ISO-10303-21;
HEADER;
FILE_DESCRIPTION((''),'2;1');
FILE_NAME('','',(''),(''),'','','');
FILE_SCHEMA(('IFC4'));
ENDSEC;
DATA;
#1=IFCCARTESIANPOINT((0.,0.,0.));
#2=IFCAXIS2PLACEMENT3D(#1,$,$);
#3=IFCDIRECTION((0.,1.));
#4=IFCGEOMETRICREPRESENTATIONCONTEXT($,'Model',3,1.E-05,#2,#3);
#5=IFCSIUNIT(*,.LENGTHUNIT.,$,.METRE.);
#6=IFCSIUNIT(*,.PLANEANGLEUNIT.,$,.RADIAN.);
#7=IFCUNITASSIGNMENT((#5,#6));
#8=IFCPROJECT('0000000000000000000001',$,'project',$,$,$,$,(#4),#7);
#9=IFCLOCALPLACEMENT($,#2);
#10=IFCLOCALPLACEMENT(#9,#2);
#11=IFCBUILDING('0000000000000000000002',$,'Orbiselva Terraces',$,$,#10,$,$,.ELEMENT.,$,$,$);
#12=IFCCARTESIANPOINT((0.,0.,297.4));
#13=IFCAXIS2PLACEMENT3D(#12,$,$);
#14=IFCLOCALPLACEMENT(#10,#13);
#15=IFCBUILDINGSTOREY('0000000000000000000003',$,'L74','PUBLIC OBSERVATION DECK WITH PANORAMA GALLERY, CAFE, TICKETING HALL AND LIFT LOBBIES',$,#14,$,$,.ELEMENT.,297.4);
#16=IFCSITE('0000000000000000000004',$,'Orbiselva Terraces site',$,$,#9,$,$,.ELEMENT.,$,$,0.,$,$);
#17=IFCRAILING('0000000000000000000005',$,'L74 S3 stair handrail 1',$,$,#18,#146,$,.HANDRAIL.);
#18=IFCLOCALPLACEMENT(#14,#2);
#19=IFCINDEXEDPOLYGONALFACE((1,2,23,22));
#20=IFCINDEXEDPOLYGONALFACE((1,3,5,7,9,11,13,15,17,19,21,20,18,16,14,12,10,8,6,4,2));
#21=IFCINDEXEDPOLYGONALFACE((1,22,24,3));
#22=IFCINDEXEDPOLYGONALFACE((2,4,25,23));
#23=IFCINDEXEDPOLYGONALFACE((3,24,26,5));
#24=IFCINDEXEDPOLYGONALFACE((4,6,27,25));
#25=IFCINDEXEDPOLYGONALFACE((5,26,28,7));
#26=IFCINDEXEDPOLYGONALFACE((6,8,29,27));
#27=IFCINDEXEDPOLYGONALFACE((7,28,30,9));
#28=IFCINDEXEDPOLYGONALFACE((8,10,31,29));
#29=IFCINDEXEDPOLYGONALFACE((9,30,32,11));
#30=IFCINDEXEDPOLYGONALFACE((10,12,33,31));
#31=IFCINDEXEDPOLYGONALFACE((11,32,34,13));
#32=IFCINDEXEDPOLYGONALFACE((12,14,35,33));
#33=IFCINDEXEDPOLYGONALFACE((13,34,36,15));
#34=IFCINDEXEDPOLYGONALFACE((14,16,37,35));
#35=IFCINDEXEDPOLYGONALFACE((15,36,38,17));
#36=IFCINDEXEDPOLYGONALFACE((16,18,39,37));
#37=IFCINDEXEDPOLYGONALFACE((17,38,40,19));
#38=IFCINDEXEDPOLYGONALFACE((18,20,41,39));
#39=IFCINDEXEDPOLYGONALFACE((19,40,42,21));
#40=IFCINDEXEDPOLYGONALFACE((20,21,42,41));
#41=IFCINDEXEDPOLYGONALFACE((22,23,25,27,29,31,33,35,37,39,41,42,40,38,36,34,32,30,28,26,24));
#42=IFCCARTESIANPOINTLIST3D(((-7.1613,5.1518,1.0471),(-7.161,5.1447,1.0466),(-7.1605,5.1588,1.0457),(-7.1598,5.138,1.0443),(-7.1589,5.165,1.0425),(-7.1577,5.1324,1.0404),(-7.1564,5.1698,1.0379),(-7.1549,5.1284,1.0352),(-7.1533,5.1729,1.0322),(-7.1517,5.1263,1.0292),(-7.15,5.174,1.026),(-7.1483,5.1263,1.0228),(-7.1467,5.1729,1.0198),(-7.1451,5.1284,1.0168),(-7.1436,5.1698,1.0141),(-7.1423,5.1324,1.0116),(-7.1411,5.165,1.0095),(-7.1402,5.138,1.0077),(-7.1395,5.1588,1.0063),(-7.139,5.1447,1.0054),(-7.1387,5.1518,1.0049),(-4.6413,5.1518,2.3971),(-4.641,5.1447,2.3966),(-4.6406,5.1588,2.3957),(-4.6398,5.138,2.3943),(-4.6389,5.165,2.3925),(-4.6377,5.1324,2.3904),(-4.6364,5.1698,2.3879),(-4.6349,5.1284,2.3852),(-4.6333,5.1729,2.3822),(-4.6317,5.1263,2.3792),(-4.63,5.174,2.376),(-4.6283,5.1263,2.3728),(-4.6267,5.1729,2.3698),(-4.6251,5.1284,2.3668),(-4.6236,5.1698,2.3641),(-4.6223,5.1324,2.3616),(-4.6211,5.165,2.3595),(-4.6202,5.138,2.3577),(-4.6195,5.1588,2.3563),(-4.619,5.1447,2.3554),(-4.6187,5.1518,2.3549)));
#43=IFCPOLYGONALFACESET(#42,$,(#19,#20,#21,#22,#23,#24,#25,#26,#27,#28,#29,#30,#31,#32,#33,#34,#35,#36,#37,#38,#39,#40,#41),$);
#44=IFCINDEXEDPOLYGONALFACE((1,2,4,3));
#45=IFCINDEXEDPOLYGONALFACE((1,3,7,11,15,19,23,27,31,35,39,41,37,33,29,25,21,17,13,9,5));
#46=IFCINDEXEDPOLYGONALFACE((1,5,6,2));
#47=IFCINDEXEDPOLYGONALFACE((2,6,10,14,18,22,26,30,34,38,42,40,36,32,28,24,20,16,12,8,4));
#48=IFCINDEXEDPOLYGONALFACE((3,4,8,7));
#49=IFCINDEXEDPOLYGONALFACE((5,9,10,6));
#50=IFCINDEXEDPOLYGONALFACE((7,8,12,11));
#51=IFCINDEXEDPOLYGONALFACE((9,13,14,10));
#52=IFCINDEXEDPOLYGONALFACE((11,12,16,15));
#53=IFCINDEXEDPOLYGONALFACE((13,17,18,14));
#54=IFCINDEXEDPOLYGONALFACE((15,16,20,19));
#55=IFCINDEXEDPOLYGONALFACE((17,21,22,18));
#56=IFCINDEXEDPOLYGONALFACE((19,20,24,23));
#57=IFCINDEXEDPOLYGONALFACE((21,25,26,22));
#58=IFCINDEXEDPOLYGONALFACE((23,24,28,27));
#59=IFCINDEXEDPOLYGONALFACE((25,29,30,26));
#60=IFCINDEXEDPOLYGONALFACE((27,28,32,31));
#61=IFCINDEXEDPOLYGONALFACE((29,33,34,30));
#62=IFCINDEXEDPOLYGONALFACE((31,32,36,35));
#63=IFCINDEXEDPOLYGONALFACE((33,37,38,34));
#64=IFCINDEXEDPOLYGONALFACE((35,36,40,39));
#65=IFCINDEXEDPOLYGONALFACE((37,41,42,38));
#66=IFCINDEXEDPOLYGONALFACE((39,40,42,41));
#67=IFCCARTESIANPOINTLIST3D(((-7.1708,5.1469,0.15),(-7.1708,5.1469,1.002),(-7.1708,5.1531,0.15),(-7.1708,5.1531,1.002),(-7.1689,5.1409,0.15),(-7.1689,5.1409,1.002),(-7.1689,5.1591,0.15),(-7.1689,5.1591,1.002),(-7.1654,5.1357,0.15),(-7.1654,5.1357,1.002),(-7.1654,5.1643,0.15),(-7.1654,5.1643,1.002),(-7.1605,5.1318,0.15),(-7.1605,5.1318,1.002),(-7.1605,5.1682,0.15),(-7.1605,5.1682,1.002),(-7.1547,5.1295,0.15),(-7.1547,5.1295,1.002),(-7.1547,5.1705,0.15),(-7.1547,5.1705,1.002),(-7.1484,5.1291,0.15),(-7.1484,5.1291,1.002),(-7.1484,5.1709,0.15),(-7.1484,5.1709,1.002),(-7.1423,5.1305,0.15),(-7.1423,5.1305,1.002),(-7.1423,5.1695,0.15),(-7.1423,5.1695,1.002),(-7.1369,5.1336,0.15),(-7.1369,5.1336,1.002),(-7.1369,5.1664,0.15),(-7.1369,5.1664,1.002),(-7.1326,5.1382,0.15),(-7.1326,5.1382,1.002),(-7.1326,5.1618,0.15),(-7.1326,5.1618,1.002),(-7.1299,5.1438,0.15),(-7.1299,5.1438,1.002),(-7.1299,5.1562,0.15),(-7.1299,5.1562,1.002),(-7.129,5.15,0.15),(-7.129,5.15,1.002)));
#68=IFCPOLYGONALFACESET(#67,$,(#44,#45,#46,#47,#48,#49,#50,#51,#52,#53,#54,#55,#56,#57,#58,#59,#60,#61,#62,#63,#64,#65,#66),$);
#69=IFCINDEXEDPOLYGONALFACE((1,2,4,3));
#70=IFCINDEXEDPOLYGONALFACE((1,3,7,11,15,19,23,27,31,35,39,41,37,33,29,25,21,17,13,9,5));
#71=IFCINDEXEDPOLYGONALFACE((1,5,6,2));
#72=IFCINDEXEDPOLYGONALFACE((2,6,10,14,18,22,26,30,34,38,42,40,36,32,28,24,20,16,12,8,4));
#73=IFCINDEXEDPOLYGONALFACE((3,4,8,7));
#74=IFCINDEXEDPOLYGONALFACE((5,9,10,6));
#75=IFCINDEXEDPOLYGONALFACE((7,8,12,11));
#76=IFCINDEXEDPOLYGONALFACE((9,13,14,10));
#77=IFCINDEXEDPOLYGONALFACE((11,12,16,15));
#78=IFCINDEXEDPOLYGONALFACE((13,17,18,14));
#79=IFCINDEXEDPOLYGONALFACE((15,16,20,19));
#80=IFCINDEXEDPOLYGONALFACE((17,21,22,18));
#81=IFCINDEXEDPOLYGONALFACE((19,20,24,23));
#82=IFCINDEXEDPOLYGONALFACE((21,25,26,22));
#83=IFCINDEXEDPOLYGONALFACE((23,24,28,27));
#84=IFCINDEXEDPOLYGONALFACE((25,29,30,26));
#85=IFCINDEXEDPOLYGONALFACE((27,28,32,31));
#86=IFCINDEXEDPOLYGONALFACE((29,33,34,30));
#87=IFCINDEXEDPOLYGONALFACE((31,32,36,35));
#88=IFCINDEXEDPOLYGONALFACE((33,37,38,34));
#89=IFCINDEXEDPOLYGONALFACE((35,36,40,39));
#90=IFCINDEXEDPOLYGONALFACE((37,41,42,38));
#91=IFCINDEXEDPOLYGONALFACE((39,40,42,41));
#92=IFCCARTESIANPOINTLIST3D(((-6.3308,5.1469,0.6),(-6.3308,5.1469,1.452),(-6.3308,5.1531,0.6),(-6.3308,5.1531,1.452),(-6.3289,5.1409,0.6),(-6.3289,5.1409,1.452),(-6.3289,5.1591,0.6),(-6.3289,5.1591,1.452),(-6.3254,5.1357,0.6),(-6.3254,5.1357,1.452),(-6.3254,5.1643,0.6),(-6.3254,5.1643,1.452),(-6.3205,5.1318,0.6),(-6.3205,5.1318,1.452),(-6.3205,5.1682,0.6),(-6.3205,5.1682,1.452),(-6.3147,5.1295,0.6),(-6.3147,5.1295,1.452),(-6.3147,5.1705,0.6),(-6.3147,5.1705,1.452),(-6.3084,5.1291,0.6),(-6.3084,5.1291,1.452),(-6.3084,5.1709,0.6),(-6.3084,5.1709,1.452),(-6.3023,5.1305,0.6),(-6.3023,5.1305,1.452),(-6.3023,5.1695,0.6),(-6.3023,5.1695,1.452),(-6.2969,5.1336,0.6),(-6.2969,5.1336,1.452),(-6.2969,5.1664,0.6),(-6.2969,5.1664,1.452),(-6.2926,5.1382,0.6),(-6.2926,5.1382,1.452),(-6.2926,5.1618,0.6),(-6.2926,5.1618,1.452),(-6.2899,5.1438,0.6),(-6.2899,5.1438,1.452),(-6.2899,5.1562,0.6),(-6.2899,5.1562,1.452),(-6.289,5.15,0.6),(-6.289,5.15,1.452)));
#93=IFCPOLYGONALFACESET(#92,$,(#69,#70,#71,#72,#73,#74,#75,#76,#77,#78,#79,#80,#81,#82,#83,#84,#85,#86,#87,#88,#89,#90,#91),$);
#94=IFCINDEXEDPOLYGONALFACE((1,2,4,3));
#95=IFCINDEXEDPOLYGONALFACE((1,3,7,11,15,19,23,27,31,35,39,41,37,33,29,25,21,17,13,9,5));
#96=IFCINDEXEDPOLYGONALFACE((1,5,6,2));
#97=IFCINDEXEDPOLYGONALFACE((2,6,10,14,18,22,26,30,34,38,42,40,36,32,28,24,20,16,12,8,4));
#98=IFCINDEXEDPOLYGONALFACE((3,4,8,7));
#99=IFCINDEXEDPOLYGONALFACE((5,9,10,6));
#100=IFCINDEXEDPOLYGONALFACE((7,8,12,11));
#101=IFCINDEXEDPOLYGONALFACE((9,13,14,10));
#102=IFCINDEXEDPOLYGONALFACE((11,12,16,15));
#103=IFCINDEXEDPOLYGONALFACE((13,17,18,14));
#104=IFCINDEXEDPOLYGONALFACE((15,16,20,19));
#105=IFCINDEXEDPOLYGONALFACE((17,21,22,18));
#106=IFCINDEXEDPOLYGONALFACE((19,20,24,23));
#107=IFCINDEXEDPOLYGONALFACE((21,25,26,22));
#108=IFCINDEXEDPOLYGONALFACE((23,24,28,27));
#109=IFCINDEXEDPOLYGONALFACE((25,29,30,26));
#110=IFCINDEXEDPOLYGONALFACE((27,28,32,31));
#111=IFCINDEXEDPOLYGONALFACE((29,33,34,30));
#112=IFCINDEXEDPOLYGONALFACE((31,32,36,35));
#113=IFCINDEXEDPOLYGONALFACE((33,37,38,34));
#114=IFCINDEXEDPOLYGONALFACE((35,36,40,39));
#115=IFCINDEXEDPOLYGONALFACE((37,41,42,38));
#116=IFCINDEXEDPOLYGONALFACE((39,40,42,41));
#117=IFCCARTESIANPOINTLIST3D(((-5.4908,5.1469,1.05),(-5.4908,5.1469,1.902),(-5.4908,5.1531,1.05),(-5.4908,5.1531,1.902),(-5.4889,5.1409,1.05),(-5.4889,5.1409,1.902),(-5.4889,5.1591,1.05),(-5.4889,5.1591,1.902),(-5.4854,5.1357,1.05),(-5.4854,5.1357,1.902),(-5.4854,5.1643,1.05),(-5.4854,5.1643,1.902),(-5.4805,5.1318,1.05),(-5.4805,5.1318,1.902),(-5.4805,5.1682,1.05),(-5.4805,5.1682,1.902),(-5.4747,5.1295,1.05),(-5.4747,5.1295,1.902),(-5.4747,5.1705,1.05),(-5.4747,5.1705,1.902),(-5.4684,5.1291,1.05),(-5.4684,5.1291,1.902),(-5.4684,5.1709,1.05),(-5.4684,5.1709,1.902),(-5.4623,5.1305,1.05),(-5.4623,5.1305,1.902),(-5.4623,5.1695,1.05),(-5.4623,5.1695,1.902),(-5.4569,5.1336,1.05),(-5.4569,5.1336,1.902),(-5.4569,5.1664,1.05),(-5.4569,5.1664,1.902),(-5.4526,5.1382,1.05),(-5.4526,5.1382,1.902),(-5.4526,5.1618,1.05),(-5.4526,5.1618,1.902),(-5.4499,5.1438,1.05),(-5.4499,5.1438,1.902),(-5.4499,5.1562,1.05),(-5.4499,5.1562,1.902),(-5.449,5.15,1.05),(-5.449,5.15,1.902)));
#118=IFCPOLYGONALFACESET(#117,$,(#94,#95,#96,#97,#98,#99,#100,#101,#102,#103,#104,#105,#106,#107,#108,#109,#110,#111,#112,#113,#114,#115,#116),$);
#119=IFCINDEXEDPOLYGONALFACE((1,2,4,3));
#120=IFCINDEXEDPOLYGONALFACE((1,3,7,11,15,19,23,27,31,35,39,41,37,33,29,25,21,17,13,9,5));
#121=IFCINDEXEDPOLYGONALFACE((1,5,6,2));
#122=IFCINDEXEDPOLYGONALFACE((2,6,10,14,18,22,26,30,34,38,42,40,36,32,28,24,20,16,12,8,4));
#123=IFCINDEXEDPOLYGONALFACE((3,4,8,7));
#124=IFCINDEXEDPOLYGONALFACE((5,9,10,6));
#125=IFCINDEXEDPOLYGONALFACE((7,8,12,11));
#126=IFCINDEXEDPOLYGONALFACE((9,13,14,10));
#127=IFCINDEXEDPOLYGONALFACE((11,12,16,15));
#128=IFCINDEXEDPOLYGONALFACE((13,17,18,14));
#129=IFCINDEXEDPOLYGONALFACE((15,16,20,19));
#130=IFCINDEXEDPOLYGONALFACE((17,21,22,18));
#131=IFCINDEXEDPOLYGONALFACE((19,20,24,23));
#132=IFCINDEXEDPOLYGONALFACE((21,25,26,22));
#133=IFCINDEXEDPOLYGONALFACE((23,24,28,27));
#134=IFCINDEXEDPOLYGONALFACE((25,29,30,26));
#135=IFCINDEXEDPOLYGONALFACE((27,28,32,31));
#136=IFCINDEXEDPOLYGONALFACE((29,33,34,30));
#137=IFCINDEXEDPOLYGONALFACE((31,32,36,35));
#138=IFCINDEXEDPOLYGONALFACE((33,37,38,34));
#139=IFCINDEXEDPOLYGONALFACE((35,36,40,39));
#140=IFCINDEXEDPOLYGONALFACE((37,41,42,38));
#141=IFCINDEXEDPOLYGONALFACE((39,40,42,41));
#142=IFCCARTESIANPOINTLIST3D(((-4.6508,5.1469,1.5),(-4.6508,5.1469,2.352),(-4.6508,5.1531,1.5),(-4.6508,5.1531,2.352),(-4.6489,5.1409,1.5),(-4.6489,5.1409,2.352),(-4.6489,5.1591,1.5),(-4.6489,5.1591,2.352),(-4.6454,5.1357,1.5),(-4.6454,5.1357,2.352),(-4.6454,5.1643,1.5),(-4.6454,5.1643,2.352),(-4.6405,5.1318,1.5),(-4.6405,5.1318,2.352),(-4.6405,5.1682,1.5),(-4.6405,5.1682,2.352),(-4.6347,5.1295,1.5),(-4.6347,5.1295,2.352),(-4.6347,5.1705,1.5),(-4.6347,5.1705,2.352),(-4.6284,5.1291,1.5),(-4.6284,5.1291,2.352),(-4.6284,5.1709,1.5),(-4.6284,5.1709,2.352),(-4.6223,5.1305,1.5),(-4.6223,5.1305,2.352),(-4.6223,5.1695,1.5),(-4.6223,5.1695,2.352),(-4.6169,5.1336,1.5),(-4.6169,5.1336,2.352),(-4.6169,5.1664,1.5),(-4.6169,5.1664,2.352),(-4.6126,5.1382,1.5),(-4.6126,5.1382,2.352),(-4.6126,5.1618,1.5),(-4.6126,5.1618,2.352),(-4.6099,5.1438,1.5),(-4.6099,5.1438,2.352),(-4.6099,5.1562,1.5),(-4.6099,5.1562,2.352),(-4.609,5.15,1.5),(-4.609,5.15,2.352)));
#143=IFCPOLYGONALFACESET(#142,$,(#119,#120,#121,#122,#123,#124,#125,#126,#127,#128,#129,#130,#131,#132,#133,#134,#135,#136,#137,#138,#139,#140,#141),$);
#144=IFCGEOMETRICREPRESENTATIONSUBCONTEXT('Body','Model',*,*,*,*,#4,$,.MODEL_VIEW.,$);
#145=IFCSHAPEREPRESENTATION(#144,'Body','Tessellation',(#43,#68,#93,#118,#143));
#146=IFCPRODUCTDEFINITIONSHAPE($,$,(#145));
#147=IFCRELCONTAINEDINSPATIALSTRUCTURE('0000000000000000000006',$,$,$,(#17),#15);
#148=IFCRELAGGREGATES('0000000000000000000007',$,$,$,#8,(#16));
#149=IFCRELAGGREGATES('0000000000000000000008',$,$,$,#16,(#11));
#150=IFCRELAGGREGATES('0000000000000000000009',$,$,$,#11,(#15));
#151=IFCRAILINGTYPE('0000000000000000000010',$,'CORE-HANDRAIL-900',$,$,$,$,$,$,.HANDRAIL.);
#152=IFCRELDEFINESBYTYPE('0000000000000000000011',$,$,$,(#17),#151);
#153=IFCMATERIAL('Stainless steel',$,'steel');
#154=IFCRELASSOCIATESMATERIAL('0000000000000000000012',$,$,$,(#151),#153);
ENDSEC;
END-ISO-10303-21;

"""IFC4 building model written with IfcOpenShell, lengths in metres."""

from ifc_helpers import new_model, si_unit, direction, frame, origin, origin_2d, place, context, subcontext, project, spatial, circle, extrude, material, type_object, element, save


model = new_model("IFC4")

# Units and contexts
model_context = context("Model", 3, precision=1e-05, world=origin(), true_north=direction((0.0, 1.0)))
body_context = subcontext(model_context, "Body", "Model", "MODEL_VIEW")
ifc_project = project(units=[si_unit("LENGTHUNIT", "METRE"), si_unit("PLANEANGLEUNIT", "RADIAN")], contexts=[model_context])

# Site, building, storey
site_placement = place(None, origin())
site = spatial("IfcSite", under=ifc_project, at=site_placement, Name="Orbiselva Terraces site", CompositionType="ELEMENT", RefElevation=0.0)
building_placement = place(site_placement, origin())
building = spatial("IfcBuilding", under=site, at=building_placement, Name="Orbiselva Terraces", CompositionType="ELEMENT")
storey_placement = place(building_placement, frame((0.0, 0.0, 297.4)))
storey = spatial("IfcBuildingStorey", under=building, at=storey_placement, Name="L74", Description="PUBLIC OBSERVATION DECK WITH PANORAMA GALLERY, CAFE, TICKETING HALL AND LIFT LOBBIES", CompositionType="ELEMENT", Elevation=297.4)

# Railing
ifc_material_1 = material(Name="Stainless steel", Category="steel")
railing_type_1 = type_object("IfcRailingType", Name="CORE-HANDRAIL-900", PredefinedType="HANDRAIL", material=ifc_material_1)
railing_1_placement = place(storey_placement, frame((-7.15, 5.15, 0.15)))
element("IfcRailing", 1, at=railing_1_placement, inside=storey, type_object=railing_type_1, Name="L74 S3 stair handrail 1", PredefinedType="HANDRAIL", context=body_context, shape_type="SweptSolid", body=[
    extrude(circle(Radius=0.024, at=origin_2d()), frame((0.0, 0.0, 0.876), z_axis=(0.88148, 0.0, 0.472221), x_axis=(0.0, 1.0, 0.0)), (0.0, 0.0, 1.0), 2.8588),
    extrude(circle(Radius=0.021, at=origin_2d()), origin(), (0.0, 0.0, 1.0), 0.852),
    extrude(circle(Radius=0.021, at=origin_2d()), frame((0.84, 0.0, 0.45)), (0.0, 0.0, 1.0), 0.852),
    extrude(circle(Radius=0.021, at=origin_2d()), frame((1.68, 0.0, 0.9)), (0.0, 0.0, 1.0), 0.852),
    extrude(circle(Radius=0.021, at=origin_2d()), frame((2.52, 0.0, 1.35)), (0.0, 0.0, 1.0), 0.852),
])

save(model, "model.ifc")
